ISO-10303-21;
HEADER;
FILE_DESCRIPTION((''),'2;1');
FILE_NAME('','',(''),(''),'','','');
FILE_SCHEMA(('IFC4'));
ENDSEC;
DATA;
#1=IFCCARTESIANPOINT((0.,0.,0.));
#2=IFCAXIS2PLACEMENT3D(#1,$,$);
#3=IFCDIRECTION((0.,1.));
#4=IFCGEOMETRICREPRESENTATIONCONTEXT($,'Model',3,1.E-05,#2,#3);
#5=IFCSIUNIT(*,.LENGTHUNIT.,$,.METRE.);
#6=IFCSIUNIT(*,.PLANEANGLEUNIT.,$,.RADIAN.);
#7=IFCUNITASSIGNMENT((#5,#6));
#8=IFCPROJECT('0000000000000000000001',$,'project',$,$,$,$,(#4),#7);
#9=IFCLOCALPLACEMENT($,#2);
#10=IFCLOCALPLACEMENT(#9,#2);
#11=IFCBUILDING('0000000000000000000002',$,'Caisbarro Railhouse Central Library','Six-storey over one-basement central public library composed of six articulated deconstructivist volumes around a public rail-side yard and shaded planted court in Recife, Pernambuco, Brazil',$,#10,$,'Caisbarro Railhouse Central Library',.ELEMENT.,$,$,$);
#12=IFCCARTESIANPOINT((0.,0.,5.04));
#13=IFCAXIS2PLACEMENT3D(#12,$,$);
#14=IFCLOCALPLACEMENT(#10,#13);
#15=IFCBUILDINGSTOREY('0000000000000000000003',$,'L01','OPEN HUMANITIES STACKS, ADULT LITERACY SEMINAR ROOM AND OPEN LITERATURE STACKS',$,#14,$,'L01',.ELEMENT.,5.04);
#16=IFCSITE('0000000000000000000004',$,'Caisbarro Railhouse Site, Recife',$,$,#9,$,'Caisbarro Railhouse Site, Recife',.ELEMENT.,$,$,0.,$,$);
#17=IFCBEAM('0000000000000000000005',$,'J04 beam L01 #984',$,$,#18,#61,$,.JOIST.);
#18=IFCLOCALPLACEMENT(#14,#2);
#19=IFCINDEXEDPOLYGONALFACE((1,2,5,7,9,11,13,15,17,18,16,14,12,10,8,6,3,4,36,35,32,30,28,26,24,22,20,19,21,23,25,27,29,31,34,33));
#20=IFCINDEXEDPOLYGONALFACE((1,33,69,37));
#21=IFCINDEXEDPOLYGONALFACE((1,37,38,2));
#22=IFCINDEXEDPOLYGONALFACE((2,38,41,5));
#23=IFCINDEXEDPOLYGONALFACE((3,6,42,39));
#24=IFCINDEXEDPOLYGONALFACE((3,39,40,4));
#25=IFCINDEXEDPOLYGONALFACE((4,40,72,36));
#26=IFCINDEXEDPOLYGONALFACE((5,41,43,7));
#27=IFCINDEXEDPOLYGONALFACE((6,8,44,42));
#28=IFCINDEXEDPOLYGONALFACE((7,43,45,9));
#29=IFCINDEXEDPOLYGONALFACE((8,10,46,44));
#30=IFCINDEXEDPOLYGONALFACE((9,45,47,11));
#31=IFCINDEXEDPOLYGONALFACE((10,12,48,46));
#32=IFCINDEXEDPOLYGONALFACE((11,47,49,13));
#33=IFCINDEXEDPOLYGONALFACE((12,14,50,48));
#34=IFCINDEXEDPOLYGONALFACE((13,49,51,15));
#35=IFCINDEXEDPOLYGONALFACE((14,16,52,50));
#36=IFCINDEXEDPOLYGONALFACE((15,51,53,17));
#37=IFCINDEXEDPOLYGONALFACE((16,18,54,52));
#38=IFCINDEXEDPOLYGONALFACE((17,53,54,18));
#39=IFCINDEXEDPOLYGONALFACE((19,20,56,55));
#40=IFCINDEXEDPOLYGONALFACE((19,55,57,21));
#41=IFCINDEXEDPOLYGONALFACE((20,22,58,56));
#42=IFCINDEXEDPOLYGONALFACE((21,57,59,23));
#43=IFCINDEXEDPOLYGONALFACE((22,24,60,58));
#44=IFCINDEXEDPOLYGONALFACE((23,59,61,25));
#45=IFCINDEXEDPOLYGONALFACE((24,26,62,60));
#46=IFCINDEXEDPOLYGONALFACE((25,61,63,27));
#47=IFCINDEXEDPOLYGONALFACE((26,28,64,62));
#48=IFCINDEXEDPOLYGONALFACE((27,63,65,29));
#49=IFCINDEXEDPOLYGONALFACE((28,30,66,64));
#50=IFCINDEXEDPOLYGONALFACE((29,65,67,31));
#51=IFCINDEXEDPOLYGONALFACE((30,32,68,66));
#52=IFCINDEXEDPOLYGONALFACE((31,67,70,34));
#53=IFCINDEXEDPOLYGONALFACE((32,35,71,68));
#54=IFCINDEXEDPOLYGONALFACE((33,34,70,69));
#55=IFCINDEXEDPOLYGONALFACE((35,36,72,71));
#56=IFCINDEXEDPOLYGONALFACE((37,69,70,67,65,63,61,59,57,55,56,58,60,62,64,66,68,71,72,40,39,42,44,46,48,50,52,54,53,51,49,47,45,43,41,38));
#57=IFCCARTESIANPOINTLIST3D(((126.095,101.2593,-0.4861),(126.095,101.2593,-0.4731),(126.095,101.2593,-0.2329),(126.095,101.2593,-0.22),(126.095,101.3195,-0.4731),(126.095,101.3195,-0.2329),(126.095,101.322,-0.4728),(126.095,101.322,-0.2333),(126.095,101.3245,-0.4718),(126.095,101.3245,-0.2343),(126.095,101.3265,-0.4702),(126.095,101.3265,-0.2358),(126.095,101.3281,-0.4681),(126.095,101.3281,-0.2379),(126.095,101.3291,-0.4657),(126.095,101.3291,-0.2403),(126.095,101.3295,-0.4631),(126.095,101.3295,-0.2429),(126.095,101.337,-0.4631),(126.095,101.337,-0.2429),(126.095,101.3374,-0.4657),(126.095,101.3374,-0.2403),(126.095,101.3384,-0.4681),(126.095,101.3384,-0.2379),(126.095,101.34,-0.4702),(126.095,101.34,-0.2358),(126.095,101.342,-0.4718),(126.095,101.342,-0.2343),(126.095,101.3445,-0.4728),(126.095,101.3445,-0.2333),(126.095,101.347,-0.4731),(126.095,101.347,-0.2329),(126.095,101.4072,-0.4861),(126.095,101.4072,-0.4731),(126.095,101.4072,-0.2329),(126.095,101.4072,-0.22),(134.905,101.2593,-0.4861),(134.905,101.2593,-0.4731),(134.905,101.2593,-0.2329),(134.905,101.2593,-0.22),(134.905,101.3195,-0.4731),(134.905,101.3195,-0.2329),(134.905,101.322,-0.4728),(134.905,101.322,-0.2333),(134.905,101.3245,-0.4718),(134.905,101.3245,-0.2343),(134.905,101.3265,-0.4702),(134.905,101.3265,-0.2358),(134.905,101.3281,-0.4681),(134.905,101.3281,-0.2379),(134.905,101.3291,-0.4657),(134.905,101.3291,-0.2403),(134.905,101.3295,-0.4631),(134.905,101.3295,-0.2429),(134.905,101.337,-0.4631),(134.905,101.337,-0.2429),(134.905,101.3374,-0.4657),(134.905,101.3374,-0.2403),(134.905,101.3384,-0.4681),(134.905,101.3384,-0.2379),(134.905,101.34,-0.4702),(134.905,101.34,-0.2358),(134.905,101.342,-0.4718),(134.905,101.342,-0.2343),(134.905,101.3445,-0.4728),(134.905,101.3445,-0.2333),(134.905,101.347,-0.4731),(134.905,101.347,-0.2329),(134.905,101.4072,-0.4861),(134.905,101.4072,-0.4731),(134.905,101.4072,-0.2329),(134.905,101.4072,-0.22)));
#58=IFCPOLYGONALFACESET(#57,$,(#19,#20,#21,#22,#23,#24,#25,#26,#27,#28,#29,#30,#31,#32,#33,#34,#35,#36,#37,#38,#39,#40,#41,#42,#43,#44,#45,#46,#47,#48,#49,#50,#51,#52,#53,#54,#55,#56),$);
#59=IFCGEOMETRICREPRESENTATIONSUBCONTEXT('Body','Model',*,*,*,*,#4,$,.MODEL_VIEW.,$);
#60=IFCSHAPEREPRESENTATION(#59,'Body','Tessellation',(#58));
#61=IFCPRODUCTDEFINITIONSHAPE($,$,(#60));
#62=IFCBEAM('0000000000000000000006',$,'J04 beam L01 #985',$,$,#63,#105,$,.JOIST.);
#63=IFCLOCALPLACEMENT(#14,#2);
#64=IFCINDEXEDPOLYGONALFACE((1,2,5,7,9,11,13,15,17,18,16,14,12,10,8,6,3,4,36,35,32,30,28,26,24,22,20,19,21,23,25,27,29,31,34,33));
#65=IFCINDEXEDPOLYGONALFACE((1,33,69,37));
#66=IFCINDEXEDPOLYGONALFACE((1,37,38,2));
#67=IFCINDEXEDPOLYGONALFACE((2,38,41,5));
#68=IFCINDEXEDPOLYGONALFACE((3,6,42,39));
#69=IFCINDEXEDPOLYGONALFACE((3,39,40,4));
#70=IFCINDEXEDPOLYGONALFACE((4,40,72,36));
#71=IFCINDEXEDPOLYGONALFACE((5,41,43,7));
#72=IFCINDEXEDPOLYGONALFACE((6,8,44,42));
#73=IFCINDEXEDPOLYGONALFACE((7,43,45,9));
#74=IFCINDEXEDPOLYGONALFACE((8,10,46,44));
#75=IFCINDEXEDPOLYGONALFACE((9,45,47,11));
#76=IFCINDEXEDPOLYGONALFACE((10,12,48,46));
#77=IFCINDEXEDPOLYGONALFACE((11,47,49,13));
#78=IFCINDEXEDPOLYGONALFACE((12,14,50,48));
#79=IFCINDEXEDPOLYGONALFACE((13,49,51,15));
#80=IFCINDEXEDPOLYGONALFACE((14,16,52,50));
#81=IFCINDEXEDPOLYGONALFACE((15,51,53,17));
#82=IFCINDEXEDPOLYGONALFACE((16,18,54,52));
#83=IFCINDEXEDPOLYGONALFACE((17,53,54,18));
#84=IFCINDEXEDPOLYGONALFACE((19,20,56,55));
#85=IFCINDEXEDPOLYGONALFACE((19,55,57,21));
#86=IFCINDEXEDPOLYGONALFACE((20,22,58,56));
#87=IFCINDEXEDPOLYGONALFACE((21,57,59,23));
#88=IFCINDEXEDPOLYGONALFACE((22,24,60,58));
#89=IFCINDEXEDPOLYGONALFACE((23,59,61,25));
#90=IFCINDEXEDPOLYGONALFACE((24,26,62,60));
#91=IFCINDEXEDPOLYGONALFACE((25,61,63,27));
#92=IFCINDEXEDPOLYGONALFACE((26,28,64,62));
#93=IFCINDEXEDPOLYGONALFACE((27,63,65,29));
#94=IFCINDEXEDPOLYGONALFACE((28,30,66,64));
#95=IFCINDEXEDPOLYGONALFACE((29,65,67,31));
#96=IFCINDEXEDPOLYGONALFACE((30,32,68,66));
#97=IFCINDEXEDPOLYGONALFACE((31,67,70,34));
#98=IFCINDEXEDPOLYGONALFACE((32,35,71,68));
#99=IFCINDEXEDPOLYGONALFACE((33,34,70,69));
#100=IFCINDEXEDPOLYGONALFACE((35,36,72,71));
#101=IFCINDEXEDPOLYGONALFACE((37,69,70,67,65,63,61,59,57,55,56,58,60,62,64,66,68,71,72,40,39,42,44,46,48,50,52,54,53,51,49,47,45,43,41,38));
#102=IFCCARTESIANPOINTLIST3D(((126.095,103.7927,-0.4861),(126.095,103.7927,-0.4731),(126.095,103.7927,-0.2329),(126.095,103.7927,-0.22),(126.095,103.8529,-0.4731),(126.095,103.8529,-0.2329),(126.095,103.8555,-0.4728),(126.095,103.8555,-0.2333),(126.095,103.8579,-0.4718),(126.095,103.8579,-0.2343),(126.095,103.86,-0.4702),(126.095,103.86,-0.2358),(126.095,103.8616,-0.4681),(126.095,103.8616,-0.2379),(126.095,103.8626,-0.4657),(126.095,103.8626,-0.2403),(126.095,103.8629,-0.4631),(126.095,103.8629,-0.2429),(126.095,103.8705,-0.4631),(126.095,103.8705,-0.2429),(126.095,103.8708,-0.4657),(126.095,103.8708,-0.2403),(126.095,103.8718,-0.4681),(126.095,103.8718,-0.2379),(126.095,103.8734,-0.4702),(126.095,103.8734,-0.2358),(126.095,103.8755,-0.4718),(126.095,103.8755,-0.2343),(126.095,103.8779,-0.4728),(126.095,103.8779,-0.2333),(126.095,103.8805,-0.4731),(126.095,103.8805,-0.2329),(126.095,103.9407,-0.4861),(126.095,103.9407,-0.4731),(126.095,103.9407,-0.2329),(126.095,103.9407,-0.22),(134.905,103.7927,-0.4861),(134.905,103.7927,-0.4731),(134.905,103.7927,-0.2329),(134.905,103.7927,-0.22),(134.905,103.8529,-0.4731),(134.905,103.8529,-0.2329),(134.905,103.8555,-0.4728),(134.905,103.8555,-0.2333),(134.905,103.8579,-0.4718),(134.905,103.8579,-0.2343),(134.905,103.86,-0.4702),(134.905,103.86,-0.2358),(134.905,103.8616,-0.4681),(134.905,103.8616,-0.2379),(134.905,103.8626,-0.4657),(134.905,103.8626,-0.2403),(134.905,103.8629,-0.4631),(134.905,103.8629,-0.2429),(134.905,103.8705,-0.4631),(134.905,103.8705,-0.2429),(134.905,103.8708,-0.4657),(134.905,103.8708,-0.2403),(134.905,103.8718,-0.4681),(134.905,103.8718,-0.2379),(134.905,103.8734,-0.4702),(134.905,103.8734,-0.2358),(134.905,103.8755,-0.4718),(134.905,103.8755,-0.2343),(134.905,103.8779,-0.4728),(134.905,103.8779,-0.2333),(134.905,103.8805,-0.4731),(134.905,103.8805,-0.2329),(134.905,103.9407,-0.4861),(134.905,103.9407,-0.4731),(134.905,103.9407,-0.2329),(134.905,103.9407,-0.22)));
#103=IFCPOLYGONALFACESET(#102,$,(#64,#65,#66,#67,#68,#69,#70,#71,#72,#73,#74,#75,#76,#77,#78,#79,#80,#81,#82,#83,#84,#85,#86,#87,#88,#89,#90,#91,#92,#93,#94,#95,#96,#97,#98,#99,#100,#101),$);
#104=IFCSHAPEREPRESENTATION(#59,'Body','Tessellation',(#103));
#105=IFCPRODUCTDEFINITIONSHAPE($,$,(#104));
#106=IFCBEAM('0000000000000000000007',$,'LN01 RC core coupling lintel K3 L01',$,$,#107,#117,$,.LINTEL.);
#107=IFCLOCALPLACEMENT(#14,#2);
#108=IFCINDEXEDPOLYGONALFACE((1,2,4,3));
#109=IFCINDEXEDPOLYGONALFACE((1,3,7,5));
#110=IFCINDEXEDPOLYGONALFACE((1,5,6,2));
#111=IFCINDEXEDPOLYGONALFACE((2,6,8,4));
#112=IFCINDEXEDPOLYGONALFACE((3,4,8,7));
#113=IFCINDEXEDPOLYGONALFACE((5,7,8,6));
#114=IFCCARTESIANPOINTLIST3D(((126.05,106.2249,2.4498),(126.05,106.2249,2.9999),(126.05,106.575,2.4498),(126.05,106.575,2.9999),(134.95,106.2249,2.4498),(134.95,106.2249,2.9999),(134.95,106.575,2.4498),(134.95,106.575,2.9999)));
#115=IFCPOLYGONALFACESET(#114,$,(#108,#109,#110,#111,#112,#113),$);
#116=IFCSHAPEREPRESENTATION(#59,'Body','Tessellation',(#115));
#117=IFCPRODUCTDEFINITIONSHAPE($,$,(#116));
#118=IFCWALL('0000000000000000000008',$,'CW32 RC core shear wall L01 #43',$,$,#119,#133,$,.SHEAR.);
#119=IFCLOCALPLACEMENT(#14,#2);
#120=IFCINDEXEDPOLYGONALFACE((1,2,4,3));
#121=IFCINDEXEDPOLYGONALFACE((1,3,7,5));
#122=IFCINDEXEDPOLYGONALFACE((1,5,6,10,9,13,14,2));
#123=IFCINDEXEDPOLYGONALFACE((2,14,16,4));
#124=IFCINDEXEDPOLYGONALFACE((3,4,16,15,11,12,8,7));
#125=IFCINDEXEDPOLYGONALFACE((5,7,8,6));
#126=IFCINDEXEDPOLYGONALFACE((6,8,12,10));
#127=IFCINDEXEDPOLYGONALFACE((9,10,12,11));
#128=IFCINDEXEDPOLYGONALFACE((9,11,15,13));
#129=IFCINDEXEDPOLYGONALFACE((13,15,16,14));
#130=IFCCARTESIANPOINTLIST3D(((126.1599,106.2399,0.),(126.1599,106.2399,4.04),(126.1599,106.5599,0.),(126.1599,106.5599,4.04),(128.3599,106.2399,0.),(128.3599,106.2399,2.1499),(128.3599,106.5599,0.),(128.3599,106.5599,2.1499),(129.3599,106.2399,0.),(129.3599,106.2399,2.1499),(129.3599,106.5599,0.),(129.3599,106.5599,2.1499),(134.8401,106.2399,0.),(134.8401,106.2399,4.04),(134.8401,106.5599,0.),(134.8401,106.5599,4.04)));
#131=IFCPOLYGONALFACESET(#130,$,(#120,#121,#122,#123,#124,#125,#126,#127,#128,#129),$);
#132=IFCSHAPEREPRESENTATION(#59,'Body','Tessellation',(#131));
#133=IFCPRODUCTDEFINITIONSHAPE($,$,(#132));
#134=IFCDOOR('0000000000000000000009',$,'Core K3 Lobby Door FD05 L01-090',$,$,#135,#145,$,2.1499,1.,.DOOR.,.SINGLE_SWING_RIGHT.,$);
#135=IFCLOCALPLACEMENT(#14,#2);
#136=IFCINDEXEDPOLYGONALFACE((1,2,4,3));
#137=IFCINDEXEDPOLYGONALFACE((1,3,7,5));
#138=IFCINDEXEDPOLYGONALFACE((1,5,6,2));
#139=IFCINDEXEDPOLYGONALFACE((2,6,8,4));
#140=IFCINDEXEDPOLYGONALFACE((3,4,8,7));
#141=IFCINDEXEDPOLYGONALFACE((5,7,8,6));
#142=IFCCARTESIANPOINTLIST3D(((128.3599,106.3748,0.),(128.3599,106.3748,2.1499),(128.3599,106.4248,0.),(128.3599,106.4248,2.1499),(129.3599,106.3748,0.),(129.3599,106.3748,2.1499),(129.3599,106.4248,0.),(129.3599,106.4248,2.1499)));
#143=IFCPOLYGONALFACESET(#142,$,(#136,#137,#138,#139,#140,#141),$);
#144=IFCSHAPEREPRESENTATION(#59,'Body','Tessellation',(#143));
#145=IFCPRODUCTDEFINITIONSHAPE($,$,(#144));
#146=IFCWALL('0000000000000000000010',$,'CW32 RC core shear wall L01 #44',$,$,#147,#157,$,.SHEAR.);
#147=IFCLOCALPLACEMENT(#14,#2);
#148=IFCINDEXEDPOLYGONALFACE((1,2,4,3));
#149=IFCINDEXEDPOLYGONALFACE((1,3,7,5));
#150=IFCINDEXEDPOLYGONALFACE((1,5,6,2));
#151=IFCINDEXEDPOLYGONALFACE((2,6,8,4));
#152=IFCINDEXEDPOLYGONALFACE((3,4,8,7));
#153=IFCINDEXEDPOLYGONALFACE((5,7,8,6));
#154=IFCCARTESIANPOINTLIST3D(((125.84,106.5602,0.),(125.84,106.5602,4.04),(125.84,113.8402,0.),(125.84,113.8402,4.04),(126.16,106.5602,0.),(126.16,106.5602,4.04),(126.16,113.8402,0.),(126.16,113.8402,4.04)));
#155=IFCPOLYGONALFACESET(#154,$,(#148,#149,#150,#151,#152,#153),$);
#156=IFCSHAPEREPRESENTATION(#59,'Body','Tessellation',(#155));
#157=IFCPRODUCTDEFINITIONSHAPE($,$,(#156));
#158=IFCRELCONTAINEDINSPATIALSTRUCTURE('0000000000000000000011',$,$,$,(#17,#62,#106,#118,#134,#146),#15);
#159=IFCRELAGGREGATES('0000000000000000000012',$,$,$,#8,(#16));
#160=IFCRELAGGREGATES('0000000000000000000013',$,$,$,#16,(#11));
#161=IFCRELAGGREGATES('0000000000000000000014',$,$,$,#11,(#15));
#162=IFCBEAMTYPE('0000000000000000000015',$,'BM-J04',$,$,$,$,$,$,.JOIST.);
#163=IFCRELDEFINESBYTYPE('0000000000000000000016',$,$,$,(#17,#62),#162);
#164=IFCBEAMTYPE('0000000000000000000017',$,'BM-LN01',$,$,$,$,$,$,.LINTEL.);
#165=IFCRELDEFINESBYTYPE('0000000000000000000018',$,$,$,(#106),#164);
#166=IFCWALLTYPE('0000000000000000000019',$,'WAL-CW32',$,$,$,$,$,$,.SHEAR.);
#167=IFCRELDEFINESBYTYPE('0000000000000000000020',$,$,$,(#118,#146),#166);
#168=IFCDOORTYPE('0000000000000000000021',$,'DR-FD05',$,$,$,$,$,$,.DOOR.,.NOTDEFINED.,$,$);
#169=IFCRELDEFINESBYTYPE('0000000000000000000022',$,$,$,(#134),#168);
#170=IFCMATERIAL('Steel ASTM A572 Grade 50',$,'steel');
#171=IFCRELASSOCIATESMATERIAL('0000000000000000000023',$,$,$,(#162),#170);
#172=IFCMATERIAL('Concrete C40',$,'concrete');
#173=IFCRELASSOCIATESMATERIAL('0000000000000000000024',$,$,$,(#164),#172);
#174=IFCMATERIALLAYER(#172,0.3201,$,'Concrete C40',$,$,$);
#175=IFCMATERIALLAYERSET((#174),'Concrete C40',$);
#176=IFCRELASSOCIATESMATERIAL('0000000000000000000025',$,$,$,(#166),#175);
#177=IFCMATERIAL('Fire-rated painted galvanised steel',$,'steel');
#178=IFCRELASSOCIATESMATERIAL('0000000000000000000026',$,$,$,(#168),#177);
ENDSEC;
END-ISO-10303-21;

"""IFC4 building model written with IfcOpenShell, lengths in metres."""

from ifc_helpers import new_model, si_unit, direction, frame, frame_2d, origin, origin_2d, place, context, subcontext, project, spatial, rectangle, i_section, extrude, material, layer, layer_set, material_profile, profile_set, type_object, element, fill, save


model = new_model("IFC4")

# Units and contexts
model_context = context("Model", 3, precision=1e-05, world=origin(), true_north=direction((0.0, 1.0)))
body_context = subcontext(model_context, "Body", "Model", "MODEL_VIEW")
ifc_project = project(units=[si_unit("LENGTHUNIT", "METRE"), si_unit("PLANEANGLEUNIT", "RADIAN")], contexts=[model_context])

# Site, building, storey
site_placement = place(None, origin())
site = spatial("IfcSite", under=ifc_project, at=site_placement, Name="Caisbarro Railhouse Site, Recife", LongName="Caisbarro Railhouse Site, Recife", CompositionType="ELEMENT", RefElevation=0.0)
building_placement = place(site_placement, origin())
building = spatial("IfcBuilding", under=site, at=building_placement, Name="Caisbarro Railhouse Central Library", Description="Six-storey over one-basement central public library composed of six articulated deconstructivist volumes around a public rail-side yard and shaded planted court in Recife, Pernambuco, Brazil", LongName="Caisbarro Railhouse Central Library", CompositionType="ELEMENT")
storey_placement = place(building_placement, frame((0.0, 0.0, 5.04)))
storey = spatial("IfcBuildingStorey", under=building, at=storey_placement, Name="L01", Description="OPEN HUMANITIES STACKS, ADULT LITERACY SEMINAR ROOM AND OPEN LITERATURE STACKS", LongName="L01", CompositionType="ELEMENT", Elevation=5.04)

# Shared definitions
ifc_material_1 = material(Name="Steel ASTM A572 Grade 50", Category="steel")

# Beams
ifc_material_profile_1 = material_profile(ifc_material_1, i_section(OverallWidth=0.1479, OverallDepth=0.2661, WebThickness=0.0076, FlangeThickness=0.0129, FilletRadius=0.01, at=origin_2d()), Name="W250X44.8")
ifc_profile_set_1 = profile_set([ifc_material_profile_1], Name="Steel ASTM A572 Grade 50")
beam_type_1 = type_object("IfcBeamType", Name="BM-J04", PredefinedType="JOIST", material=ifc_profile_set_1)
for number, where, z_axis, x_axis, name in (
    (1, (126.095, 101.3333, -0.353), (1.0, 0.0, 0.0), (0.0, 1.0, 0.0), "J04 beam L01 #984"),
    (2, (126.095, 103.8667, -0.353), (1.0, 0.0, 0.0), (0.0, 1.0, 0.0), "J04 beam L01 #985"),
):
    element("IfcBeam", number, at=place(storey_placement, frame(where, z_axis=z_axis, x_axis=x_axis)), inside=storey, type_object=beam_type_1, Name=name, PredefinedType="JOIST", context=body_context, shape_type="SweptSolid", body=[
        extrude(i_section(OverallWidth=0.1479, OverallDepth=0.2661, WebThickness=0.0076, FlangeThickness=0.0129, FilletRadius=0.01, at=origin_2d()), origin(), (0.0, 0.0, 1.0), 8.8101),
    ])
ifc_material_2 = material(Name="Concrete C40", Category="concrete")
ifc_material_profile_2 = material_profile(ifc_material_2, rectangle(XDim=0.3501, YDim=0.55, at=origin_2d()), Name="RC-LIN-350X550")
ifc_profile_set_2 = profile_set([ifc_material_profile_2], Name="Concrete C40")
beam_type_2 = type_object("IfcBeamType", Name="BM-LN01", PredefinedType="LINTEL", material=ifc_profile_set_2)
beam_1_placement = place(storey_placement, frame((126.05, 106.3999, 2.7249), z_axis=(1.0, 0.0, 0.0), x_axis=(0.0, 1.0, 0.0)))
element("IfcBeam", 3, at=beam_1_placement, inside=storey, type_object=beam_type_2, Name="LN01 RC core coupling lintel K3 L01", PredefinedType="LINTEL", context=body_context, shape_type="SweptSolid", body=[
    extrude(rectangle(XDim=0.3501, YDim=0.55, at=origin_2d()), origin(), (0.0, 0.0, 1.0), 8.8999),
])

# Wall, opening, door
ifc_layer_1 = layer(ifc_material_2, 0.3201, Name="Concrete C40")
ifc_layer_set_1 = layer_set([ifc_layer_1], Name="Concrete C40")
wall_type_1 = type_object("IfcWallType", Name="WAL-CW32", PredefinedType="SHEAR", material=ifc_layer_set_1)
wall_1_placement = place(storey_placement, frame((126.1599, 106.3999, 0.0), z_axis=(0.0, 0.0, 1.0), x_axis=(1.0, 0.0, 0.0)))
wall_1 = element("IfcWall", 4, at=wall_1_placement, inside=storey, type_object=wall_type_1, Name="CW32 RC core shear wall L01 #43", PredefinedType="SHEAR", context=body_context, shape_type="SweptSolid", body=[
    extrude(rectangle(XDim=8.6802, YDim=0.3201, at=frame_2d((4.3401, 0.0))), origin(), (0.0, 0.0, 1.0), 4.04),
])
opening_1_placement = place(wall_1_placement, frame((2.2, 0.0, 0.0)))
opening_1 = element("IfcOpeningElement", 5, at=opening_1_placement, cuts=wall_1, PredefinedType="OPENING", context=body_context, shape_type="SweptSolid", body=[
    extrude(rectangle(XDim=1.0, YDim=2.1499, at=frame_2d((0.5, 1.075))), frame((0.0, 0.1699, 0.0), z_axis=(0.0, -1.0, 0.0), x_axis=(1.0, 0.0, 0.0)), (0.0, 0.0, 1.0), 0.3401),
])
ifc_material_3 = material(Name="Fire-rated painted galvanised steel", Category="steel")
door_type_1 = type_object("IfcDoorType", Name="DR-FD05", OperationType="NOTDEFINED", PredefinedType="DOOR", material=ifc_material_3)
door_1_placement = place(opening_1_placement, origin())
door_1 = element("IfcDoor", 6, at=door_1_placement, inside=storey, type_object=door_type_1, Name="Core K3 Lobby Door FD05 L01-090", OperationType="SINGLE_SWING_RIGHT", OverallHeight=2.1499, OverallWidth=1.0, PredefinedType="DOOR", context=body_context, shape_type="SweptSolid", body=[
    extrude(rectangle(XDim=1.0, YDim=2.1499, at=frame_2d((0.5, 1.075))), frame((0.0, 0.0249, 0.0), z_axis=(0.0, -1.0, 0.0), x_axis=(1.0, 0.0, 0.0)), (0.0, 0.0, 1.0), 0.05),
])
fill(opening_1, door_1)

# Wall
wall_2_placement = place(storey_placement, frame((126.0, 106.5601, 0.0), z_axis=(0.0, 0.0, 1.0), x_axis=(0.0, 1.0, 0.0)))
element("IfcWall", 7, at=wall_2_placement, inside=storey, type_object=wall_type_1, Name="CW32 RC core shear wall L01 #44", PredefinedType="SHEAR", context=body_context, shape_type="SweptSolid", body=[
    extrude(rectangle(XDim=7.28, YDim=0.3201, at=frame_2d((3.6401, 0.0))), origin(), (0.0, 0.0, 1.0), 4.04),
])

save(model, "model.ifc")
